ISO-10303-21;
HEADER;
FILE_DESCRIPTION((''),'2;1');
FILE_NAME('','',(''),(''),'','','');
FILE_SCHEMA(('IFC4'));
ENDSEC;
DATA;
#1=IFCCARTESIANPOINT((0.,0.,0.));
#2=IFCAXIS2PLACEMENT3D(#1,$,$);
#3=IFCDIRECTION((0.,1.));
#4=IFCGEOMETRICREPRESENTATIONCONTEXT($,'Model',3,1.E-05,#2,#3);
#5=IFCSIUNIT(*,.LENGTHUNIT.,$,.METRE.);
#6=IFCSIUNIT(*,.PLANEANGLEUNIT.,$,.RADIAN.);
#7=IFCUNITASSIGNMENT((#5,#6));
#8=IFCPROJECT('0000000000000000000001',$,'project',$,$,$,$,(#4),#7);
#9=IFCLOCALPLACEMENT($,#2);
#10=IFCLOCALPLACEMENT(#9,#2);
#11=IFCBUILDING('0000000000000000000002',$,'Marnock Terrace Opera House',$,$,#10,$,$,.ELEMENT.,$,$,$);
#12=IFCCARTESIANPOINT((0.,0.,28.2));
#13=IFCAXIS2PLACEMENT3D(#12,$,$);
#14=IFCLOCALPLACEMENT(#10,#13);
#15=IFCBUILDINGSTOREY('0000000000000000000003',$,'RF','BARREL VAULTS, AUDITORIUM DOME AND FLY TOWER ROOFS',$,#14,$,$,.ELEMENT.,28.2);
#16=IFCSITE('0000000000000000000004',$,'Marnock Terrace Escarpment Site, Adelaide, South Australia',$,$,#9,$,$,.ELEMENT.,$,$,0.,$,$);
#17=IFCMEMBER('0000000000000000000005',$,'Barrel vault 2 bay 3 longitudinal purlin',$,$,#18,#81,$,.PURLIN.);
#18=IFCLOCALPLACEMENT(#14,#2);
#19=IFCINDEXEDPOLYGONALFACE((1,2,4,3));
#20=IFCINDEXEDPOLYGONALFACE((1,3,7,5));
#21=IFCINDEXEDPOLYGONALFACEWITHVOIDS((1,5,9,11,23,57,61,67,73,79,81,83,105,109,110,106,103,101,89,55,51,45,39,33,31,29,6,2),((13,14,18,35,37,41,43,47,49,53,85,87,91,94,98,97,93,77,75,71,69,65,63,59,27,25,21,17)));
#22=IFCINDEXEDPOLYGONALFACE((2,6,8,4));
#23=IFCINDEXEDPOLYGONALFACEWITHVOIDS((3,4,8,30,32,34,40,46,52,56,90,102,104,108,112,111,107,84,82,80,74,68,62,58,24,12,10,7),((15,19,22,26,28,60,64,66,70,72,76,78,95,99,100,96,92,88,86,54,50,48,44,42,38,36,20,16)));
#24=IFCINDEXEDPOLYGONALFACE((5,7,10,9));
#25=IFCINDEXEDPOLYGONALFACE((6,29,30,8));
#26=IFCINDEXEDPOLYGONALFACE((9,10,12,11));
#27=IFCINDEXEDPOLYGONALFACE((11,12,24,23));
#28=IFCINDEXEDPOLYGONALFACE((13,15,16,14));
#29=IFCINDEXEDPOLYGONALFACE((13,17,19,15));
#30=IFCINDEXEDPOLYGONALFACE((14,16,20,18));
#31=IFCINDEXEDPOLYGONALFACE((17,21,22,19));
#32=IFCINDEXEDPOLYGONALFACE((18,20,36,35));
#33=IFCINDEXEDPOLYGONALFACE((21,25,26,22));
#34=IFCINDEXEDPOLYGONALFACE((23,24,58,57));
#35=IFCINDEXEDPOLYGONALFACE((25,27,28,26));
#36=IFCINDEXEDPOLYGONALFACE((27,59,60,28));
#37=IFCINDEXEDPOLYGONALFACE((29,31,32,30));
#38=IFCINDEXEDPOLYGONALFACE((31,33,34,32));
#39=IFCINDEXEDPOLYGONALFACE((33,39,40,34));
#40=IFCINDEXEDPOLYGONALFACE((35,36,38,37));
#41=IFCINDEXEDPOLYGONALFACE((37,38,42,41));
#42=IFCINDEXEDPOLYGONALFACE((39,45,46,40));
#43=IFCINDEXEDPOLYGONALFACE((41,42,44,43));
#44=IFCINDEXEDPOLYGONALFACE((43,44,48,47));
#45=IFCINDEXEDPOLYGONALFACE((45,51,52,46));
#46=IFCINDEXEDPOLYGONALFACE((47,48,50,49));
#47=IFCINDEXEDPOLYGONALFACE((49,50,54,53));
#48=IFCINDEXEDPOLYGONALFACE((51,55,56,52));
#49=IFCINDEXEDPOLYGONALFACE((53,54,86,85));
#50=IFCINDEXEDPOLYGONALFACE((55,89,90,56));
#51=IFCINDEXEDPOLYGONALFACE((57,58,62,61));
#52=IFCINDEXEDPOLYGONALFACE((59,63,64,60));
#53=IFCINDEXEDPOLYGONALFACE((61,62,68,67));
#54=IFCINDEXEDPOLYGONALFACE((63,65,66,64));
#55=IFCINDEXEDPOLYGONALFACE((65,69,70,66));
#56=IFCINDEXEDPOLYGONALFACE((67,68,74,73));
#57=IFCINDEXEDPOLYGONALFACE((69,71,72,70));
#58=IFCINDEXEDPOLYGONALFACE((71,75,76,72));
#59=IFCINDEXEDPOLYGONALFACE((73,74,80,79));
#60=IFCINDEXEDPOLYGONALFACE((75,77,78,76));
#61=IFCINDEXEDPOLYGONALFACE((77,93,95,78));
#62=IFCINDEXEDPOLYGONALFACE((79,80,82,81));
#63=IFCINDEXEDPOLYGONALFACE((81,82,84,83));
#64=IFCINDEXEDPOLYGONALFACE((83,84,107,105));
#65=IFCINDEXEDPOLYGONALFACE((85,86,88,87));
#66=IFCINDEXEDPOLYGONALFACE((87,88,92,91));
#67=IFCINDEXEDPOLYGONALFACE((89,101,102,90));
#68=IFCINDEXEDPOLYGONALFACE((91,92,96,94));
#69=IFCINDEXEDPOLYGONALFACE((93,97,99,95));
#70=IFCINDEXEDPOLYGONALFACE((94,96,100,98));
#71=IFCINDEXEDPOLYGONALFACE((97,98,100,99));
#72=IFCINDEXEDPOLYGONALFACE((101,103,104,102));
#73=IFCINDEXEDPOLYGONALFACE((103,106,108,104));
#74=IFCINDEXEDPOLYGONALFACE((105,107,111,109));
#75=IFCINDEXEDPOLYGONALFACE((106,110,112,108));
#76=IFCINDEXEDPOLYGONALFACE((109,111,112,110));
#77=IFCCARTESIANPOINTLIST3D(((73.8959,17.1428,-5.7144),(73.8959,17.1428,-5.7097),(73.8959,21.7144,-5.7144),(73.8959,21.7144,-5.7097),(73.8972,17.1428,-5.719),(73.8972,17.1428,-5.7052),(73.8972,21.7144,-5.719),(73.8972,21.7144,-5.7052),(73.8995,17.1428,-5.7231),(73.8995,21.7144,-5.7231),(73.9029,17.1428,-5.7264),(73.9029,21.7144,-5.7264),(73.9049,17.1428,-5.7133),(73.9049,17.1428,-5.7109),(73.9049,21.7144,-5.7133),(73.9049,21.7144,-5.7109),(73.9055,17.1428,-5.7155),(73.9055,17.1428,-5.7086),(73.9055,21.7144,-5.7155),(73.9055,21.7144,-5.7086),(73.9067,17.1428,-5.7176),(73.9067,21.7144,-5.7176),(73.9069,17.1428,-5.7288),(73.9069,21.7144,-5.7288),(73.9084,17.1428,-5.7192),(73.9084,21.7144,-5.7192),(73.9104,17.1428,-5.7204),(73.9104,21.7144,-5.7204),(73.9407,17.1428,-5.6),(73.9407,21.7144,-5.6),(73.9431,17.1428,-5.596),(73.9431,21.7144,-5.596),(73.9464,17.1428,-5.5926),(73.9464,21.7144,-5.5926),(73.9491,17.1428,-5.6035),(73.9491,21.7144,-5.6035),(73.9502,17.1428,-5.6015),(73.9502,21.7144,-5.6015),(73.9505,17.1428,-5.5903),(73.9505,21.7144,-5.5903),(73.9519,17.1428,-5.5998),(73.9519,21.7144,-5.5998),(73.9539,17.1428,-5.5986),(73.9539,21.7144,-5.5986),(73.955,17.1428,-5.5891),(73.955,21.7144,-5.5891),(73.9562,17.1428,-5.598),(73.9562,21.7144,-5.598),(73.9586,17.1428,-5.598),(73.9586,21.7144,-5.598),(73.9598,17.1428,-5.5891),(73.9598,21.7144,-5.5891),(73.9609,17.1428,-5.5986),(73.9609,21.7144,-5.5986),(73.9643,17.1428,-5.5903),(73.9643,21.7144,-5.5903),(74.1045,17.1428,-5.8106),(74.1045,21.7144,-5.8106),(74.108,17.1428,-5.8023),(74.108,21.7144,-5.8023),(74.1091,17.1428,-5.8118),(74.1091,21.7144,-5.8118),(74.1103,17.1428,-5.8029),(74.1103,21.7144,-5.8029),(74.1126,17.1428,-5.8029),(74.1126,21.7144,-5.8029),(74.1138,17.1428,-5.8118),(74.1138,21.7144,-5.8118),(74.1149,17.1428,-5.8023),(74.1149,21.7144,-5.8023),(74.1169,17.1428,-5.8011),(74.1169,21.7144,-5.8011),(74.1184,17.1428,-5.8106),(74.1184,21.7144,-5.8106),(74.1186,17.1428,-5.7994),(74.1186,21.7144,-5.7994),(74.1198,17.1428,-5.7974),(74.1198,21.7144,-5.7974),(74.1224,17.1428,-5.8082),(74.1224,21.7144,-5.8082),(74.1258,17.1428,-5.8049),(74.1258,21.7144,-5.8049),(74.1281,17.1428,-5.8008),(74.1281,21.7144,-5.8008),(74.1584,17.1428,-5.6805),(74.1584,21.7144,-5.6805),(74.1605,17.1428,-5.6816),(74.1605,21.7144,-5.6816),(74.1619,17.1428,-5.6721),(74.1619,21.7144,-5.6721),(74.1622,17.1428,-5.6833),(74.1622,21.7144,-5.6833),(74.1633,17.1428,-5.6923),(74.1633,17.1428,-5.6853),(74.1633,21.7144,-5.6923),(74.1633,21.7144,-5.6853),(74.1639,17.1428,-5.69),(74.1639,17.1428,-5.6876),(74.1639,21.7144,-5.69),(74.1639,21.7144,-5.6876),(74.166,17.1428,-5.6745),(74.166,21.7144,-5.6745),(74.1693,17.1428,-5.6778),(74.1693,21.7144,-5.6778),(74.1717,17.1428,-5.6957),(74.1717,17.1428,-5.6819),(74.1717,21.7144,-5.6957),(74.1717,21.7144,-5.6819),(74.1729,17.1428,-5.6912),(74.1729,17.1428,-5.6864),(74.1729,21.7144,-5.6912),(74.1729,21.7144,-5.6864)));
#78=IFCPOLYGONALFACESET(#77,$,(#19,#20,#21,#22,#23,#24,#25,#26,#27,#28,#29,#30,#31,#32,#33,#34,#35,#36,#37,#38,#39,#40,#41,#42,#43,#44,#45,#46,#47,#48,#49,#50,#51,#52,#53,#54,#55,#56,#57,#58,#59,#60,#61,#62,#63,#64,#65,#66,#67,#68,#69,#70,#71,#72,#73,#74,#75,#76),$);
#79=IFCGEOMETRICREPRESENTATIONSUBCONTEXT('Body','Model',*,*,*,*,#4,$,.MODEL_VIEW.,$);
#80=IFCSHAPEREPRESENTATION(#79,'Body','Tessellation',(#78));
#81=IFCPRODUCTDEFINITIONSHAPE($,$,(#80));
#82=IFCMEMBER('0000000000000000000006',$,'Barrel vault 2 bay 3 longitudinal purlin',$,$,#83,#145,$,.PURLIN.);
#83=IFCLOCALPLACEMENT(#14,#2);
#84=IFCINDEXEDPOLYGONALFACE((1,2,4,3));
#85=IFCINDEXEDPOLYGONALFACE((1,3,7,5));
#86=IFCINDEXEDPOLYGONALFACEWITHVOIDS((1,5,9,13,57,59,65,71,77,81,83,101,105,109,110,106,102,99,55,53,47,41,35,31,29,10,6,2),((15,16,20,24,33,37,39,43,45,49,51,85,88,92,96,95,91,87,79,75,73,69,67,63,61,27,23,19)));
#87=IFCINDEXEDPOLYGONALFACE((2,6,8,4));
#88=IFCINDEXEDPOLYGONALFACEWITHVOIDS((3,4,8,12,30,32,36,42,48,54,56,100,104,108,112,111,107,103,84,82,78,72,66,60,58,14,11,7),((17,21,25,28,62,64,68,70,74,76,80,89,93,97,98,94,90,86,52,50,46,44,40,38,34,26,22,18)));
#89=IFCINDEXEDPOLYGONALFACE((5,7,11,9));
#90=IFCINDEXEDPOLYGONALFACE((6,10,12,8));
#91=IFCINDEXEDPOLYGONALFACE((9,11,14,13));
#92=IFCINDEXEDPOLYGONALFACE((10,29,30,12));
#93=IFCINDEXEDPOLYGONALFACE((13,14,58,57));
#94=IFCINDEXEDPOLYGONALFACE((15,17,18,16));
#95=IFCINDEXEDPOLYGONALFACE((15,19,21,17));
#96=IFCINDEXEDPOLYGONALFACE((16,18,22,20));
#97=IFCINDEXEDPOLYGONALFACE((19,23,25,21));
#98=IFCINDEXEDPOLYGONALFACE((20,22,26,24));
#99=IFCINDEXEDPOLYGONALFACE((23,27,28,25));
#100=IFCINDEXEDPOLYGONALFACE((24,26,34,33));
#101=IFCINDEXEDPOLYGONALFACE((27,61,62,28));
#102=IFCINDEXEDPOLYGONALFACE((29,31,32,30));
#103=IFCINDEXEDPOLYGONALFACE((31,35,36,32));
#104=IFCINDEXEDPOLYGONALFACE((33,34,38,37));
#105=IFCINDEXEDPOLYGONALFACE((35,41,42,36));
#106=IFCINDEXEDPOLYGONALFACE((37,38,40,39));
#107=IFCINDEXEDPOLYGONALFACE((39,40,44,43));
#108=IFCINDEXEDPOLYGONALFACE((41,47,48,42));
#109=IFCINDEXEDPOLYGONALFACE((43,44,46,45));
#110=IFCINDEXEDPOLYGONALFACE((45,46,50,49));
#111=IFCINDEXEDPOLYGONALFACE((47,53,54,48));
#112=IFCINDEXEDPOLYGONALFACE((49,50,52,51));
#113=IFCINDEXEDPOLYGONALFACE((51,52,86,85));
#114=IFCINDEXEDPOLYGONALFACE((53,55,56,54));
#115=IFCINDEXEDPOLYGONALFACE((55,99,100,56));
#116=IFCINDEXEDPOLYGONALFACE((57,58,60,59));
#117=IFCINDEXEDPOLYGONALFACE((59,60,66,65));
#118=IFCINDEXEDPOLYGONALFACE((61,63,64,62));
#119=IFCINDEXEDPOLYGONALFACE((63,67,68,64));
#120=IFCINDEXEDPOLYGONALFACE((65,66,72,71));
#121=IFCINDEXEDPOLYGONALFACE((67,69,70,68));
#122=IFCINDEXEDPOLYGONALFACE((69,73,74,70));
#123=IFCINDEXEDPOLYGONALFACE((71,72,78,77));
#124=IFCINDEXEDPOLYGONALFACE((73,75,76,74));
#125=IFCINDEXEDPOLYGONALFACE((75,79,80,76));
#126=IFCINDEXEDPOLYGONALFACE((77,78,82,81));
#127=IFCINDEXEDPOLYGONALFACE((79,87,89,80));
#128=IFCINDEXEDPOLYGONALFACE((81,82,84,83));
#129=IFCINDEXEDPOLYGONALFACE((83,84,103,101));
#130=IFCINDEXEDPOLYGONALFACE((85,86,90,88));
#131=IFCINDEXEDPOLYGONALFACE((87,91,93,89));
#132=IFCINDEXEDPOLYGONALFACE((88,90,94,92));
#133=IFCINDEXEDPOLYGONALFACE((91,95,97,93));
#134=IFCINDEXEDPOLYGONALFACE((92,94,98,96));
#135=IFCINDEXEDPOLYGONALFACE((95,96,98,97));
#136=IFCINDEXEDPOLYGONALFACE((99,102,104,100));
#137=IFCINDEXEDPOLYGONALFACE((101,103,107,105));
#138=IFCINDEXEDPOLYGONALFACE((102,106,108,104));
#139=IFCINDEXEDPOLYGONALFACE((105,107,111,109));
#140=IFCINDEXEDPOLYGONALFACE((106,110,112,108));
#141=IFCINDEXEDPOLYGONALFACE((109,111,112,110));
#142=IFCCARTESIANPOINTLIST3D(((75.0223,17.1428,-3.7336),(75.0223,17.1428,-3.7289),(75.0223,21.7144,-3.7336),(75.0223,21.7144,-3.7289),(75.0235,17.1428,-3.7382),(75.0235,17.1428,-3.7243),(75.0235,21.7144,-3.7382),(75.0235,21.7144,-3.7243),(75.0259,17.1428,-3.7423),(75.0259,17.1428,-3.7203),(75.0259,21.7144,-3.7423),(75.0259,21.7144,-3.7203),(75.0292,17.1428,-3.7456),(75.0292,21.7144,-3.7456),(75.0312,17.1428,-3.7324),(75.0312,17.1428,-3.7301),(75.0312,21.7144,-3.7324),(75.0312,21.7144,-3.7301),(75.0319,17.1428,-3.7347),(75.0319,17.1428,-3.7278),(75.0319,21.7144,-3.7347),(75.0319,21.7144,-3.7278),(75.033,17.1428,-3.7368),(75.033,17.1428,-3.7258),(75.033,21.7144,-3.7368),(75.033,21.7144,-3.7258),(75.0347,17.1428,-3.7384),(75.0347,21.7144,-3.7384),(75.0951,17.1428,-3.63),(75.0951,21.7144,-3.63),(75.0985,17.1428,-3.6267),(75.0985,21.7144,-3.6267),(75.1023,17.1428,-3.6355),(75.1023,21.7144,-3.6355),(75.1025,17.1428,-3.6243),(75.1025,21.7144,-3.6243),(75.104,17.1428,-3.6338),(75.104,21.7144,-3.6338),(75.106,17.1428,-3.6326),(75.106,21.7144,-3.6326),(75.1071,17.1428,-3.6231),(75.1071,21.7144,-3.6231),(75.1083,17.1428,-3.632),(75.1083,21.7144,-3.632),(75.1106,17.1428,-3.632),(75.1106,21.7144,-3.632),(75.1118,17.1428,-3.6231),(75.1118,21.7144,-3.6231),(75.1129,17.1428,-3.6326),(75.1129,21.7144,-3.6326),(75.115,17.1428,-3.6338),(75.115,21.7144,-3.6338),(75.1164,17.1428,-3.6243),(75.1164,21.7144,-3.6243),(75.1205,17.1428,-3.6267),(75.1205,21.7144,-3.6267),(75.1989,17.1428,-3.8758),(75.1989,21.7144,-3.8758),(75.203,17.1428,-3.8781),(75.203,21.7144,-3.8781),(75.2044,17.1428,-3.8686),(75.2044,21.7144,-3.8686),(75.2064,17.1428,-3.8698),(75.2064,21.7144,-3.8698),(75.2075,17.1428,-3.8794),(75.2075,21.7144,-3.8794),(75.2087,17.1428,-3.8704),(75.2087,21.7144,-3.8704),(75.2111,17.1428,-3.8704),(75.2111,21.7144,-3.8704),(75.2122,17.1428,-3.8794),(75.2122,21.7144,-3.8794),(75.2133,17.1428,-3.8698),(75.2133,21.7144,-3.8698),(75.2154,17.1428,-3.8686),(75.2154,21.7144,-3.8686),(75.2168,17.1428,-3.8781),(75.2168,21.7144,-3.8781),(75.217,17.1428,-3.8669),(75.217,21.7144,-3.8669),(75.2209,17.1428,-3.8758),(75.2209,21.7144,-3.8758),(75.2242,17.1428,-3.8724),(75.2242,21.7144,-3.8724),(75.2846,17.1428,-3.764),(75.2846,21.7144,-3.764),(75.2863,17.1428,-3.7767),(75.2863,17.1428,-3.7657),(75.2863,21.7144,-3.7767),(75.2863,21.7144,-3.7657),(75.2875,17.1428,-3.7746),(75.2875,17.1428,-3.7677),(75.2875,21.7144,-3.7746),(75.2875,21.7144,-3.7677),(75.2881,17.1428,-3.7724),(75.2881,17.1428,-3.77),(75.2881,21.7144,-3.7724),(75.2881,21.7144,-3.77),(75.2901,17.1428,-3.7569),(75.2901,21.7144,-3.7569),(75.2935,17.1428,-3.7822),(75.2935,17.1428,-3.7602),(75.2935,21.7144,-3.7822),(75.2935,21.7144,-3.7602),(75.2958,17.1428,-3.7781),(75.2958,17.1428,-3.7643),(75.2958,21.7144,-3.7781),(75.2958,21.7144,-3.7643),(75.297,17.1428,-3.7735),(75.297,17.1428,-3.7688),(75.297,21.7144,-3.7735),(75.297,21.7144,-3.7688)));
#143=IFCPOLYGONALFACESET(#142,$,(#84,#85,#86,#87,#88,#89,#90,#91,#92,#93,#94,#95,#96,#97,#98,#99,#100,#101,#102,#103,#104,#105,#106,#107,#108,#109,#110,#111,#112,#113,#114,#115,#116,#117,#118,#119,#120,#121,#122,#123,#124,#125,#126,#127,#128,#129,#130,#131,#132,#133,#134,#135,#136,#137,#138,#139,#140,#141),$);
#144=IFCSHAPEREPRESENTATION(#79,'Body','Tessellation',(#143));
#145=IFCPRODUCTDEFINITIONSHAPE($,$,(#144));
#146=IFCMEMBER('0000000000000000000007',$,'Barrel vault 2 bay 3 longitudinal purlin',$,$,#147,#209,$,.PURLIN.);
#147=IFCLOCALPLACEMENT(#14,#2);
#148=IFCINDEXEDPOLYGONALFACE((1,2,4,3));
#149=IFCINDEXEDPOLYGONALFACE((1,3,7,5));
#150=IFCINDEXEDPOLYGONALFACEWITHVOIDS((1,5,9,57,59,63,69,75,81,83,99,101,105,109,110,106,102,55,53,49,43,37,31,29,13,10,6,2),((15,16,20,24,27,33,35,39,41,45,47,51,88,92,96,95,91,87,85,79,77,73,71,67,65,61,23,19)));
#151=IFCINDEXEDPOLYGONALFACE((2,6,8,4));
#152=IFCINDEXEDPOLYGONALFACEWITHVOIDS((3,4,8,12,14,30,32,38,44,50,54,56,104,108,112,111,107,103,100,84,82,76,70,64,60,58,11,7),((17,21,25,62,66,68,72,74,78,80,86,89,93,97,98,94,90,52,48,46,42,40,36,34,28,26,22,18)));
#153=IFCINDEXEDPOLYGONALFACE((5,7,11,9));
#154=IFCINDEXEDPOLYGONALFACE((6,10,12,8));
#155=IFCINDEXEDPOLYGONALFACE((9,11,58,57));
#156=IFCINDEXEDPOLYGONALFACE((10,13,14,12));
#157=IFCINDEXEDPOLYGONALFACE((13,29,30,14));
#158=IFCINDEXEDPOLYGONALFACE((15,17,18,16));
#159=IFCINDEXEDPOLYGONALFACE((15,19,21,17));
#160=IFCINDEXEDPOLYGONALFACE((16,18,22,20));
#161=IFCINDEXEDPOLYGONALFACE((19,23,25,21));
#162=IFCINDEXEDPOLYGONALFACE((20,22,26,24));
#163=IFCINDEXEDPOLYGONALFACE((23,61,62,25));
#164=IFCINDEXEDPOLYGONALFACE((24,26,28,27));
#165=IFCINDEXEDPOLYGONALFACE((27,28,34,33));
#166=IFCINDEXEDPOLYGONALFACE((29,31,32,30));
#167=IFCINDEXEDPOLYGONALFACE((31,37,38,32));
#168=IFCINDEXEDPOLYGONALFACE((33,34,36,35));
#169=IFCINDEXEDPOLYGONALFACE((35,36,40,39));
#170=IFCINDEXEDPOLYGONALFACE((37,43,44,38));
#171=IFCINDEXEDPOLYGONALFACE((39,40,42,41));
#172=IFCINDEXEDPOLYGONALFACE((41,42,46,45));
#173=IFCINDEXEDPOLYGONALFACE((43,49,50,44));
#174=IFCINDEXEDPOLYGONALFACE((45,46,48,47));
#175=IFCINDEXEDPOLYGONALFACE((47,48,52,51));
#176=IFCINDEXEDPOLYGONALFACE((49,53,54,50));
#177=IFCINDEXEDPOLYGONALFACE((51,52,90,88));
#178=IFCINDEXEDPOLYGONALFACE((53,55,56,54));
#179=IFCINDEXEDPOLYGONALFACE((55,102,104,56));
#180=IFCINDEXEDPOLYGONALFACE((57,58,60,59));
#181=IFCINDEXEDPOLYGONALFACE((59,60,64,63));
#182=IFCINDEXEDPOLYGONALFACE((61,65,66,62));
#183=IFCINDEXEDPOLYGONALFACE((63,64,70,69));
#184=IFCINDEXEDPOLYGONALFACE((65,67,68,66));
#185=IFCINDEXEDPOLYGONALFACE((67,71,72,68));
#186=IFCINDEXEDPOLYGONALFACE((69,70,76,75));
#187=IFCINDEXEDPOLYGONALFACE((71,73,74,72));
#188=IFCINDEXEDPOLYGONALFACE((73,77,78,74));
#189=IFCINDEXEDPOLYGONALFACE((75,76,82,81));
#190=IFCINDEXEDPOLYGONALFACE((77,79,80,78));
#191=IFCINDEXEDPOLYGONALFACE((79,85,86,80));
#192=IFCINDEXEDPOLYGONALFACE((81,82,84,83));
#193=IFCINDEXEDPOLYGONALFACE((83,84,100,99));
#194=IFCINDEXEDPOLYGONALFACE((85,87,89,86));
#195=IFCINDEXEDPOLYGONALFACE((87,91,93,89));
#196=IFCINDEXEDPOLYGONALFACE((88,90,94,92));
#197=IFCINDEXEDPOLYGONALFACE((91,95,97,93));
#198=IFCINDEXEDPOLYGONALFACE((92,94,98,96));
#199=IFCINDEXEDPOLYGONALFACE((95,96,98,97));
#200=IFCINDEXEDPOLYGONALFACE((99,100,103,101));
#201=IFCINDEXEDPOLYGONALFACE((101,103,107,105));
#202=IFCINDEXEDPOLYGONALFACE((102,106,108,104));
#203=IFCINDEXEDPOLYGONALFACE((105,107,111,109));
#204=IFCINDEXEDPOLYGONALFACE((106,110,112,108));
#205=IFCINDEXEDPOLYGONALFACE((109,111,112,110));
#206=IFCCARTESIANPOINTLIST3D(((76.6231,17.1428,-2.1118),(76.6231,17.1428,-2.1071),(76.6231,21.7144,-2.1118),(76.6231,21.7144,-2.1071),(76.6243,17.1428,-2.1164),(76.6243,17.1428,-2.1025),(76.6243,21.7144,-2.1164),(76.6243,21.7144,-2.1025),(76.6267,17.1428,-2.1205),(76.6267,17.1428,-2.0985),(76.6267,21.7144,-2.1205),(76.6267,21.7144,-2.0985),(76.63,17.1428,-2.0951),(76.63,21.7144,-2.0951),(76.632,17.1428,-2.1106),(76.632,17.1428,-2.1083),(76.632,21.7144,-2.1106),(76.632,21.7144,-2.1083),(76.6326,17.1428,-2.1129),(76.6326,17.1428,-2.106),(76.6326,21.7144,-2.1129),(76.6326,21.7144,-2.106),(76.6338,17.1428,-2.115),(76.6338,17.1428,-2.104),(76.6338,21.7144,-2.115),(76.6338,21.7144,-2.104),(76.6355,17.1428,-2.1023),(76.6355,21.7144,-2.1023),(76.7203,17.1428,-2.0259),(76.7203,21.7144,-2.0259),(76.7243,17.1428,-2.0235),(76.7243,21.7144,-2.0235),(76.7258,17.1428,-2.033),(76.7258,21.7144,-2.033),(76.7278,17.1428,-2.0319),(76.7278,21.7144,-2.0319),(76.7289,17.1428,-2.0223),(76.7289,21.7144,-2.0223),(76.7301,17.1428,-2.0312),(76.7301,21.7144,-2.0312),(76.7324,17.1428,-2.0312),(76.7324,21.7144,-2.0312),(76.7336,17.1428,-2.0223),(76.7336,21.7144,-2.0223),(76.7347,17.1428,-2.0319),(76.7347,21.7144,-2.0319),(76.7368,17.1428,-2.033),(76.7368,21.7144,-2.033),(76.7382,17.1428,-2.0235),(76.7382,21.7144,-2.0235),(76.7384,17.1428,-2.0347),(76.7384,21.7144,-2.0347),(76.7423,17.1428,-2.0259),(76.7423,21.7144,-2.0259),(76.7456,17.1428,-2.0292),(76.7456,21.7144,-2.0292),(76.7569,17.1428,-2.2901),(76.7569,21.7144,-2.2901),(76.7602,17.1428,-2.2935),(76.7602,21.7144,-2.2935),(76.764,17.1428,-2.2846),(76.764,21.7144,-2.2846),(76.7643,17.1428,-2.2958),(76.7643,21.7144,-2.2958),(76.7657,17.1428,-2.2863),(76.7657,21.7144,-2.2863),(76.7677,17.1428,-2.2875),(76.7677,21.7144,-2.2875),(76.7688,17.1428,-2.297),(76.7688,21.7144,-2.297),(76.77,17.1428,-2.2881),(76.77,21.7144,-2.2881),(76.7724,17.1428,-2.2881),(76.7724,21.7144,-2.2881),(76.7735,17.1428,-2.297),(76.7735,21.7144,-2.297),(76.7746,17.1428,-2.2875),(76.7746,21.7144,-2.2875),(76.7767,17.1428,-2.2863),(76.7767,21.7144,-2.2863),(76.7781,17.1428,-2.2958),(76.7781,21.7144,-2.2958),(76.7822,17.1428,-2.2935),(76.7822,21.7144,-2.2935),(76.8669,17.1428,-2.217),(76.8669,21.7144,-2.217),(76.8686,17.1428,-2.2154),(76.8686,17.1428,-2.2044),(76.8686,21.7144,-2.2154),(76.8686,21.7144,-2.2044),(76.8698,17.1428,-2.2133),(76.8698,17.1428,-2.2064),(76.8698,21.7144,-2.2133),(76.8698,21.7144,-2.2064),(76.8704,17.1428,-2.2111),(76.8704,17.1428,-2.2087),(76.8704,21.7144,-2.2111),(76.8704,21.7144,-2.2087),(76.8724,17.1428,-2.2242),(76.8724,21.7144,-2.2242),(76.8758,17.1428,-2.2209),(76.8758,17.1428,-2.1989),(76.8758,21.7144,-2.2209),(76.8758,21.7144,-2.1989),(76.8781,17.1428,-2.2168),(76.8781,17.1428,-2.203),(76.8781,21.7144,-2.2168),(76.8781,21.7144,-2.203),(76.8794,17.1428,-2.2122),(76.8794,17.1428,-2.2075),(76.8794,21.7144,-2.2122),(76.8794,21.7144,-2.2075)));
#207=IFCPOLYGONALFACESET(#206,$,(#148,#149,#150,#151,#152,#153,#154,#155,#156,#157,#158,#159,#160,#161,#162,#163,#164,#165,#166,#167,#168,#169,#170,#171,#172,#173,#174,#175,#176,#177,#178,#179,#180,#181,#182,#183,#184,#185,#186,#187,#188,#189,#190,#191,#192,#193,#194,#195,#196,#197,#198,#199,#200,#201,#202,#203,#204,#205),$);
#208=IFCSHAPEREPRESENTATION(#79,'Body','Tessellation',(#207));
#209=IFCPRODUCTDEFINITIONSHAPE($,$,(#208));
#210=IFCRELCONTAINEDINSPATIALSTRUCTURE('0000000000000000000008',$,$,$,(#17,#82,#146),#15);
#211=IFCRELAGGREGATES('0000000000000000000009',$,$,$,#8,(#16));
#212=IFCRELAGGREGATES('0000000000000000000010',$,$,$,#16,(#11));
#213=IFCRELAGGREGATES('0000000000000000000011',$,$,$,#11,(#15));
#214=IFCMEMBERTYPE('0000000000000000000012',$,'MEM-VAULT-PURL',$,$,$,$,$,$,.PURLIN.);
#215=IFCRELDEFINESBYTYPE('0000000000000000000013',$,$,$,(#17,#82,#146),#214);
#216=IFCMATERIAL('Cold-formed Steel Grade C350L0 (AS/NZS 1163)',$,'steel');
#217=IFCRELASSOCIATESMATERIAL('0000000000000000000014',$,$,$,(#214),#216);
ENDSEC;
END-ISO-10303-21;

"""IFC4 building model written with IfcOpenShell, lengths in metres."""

from ifc_helpers import new_model, si_unit, direction, frame, origin, origin_2d, place, context, subcontext, project, spatial, hollow_rectangle, extrude, material, material_profile, profile_set, type_object, element, save


model = new_model("IFC4")

# Units and contexts
model_context = context("Model", 3, precision=1e-05, world=origin(), true_north=direction((0.0, 1.0)))
body_context = subcontext(model_context, "Body", "Model", "MODEL_VIEW")
ifc_project = project(units=[si_unit("LENGTHUNIT", "METRE"), si_unit("PLANEANGLEUNIT", "RADIAN")], contexts=[model_context])

# Site, building, storey
site_placement = place(None, origin())
site = spatial("IfcSite", under=ifc_project, at=site_placement, Name="Marnock Terrace Escarpment Site, Adelaide, South Australia", CompositionType="ELEMENT", RefElevation=0.0)
building_placement = place(site_placement, origin())
building = spatial("IfcBuilding", under=site, at=building_placement, Name="Marnock Terrace Opera House", CompositionType="ELEMENT")
storey_placement = place(building_placement, frame((0.0, 0.0, 28.2)))
storey = spatial("IfcBuildingStorey", under=building, at=storey_placement, Name="RF", Description="BARREL VAULTS, AUDITORIUM DOME AND FLY TOWER ROOFS", CompositionType="ELEMENT", Elevation=28.2)

# Members
ifc_material = material(Name="Cold-formed Steel Grade C350L0 (AS/NZS 1163)", Category="steel")
ifc_material_profile_1 = material_profile(ifc_material, hollow_rectangle(XDim=0.1499, YDim=0.25, WallThickness=0.009, InnerFilletRadius=0.009, OuterFilletRadius=0.0181, at=origin_2d()))
ifc_profile_set_1 = profile_set([ifc_material_profile_1], Name="Cold-formed Steel Grade C350L0 (AS/NZS 1163)")
member_type_1 = type_object("IfcMemberType", Name="MEM-VAULT-PURL", PredefinedType="PURLIN", material=ifc_profile_set_1)
for number, where, z_axis, x_axis, name in (
    (1, (74.0344, 17.1428, -5.7004), (0.0, 1.0, 0.0), (-0.382683, 0.0, -0.92388), "Barrel vault 2 bay 3 longitudinal purlin"),
    (2, (75.1597, 17.1428, -3.7512), (0.0, 1.0, 0.0), (-0.608761, 0.0, -0.793353), "Barrel vault 2 bay 3 longitudinal purlin"),
    (3, (76.7512, 17.1428, -2.1597), (0.0, 1.0, 0.0), (-0.793353, 0.0, -0.608761), "Barrel vault 2 bay 3 longitudinal purlin"),
):
    element("IfcMember", number, at=place(storey_placement, frame(where, z_axis=z_axis, x_axis=x_axis)), inside=storey, type_object=member_type_1, Name=name, PredefinedType="PURLIN", context=body_context, shape_type="SweptSolid", body=[
        extrude(hollow_rectangle(XDim=0.1499, YDim=0.25, WallThickness=0.009, InnerFilletRadius=0.009, OuterFilletRadius=0.0181, at=origin_2d()), origin(), (0.0, 0.0, 1.0), 4.5715),
    ])

save(model, "model.ifc")
